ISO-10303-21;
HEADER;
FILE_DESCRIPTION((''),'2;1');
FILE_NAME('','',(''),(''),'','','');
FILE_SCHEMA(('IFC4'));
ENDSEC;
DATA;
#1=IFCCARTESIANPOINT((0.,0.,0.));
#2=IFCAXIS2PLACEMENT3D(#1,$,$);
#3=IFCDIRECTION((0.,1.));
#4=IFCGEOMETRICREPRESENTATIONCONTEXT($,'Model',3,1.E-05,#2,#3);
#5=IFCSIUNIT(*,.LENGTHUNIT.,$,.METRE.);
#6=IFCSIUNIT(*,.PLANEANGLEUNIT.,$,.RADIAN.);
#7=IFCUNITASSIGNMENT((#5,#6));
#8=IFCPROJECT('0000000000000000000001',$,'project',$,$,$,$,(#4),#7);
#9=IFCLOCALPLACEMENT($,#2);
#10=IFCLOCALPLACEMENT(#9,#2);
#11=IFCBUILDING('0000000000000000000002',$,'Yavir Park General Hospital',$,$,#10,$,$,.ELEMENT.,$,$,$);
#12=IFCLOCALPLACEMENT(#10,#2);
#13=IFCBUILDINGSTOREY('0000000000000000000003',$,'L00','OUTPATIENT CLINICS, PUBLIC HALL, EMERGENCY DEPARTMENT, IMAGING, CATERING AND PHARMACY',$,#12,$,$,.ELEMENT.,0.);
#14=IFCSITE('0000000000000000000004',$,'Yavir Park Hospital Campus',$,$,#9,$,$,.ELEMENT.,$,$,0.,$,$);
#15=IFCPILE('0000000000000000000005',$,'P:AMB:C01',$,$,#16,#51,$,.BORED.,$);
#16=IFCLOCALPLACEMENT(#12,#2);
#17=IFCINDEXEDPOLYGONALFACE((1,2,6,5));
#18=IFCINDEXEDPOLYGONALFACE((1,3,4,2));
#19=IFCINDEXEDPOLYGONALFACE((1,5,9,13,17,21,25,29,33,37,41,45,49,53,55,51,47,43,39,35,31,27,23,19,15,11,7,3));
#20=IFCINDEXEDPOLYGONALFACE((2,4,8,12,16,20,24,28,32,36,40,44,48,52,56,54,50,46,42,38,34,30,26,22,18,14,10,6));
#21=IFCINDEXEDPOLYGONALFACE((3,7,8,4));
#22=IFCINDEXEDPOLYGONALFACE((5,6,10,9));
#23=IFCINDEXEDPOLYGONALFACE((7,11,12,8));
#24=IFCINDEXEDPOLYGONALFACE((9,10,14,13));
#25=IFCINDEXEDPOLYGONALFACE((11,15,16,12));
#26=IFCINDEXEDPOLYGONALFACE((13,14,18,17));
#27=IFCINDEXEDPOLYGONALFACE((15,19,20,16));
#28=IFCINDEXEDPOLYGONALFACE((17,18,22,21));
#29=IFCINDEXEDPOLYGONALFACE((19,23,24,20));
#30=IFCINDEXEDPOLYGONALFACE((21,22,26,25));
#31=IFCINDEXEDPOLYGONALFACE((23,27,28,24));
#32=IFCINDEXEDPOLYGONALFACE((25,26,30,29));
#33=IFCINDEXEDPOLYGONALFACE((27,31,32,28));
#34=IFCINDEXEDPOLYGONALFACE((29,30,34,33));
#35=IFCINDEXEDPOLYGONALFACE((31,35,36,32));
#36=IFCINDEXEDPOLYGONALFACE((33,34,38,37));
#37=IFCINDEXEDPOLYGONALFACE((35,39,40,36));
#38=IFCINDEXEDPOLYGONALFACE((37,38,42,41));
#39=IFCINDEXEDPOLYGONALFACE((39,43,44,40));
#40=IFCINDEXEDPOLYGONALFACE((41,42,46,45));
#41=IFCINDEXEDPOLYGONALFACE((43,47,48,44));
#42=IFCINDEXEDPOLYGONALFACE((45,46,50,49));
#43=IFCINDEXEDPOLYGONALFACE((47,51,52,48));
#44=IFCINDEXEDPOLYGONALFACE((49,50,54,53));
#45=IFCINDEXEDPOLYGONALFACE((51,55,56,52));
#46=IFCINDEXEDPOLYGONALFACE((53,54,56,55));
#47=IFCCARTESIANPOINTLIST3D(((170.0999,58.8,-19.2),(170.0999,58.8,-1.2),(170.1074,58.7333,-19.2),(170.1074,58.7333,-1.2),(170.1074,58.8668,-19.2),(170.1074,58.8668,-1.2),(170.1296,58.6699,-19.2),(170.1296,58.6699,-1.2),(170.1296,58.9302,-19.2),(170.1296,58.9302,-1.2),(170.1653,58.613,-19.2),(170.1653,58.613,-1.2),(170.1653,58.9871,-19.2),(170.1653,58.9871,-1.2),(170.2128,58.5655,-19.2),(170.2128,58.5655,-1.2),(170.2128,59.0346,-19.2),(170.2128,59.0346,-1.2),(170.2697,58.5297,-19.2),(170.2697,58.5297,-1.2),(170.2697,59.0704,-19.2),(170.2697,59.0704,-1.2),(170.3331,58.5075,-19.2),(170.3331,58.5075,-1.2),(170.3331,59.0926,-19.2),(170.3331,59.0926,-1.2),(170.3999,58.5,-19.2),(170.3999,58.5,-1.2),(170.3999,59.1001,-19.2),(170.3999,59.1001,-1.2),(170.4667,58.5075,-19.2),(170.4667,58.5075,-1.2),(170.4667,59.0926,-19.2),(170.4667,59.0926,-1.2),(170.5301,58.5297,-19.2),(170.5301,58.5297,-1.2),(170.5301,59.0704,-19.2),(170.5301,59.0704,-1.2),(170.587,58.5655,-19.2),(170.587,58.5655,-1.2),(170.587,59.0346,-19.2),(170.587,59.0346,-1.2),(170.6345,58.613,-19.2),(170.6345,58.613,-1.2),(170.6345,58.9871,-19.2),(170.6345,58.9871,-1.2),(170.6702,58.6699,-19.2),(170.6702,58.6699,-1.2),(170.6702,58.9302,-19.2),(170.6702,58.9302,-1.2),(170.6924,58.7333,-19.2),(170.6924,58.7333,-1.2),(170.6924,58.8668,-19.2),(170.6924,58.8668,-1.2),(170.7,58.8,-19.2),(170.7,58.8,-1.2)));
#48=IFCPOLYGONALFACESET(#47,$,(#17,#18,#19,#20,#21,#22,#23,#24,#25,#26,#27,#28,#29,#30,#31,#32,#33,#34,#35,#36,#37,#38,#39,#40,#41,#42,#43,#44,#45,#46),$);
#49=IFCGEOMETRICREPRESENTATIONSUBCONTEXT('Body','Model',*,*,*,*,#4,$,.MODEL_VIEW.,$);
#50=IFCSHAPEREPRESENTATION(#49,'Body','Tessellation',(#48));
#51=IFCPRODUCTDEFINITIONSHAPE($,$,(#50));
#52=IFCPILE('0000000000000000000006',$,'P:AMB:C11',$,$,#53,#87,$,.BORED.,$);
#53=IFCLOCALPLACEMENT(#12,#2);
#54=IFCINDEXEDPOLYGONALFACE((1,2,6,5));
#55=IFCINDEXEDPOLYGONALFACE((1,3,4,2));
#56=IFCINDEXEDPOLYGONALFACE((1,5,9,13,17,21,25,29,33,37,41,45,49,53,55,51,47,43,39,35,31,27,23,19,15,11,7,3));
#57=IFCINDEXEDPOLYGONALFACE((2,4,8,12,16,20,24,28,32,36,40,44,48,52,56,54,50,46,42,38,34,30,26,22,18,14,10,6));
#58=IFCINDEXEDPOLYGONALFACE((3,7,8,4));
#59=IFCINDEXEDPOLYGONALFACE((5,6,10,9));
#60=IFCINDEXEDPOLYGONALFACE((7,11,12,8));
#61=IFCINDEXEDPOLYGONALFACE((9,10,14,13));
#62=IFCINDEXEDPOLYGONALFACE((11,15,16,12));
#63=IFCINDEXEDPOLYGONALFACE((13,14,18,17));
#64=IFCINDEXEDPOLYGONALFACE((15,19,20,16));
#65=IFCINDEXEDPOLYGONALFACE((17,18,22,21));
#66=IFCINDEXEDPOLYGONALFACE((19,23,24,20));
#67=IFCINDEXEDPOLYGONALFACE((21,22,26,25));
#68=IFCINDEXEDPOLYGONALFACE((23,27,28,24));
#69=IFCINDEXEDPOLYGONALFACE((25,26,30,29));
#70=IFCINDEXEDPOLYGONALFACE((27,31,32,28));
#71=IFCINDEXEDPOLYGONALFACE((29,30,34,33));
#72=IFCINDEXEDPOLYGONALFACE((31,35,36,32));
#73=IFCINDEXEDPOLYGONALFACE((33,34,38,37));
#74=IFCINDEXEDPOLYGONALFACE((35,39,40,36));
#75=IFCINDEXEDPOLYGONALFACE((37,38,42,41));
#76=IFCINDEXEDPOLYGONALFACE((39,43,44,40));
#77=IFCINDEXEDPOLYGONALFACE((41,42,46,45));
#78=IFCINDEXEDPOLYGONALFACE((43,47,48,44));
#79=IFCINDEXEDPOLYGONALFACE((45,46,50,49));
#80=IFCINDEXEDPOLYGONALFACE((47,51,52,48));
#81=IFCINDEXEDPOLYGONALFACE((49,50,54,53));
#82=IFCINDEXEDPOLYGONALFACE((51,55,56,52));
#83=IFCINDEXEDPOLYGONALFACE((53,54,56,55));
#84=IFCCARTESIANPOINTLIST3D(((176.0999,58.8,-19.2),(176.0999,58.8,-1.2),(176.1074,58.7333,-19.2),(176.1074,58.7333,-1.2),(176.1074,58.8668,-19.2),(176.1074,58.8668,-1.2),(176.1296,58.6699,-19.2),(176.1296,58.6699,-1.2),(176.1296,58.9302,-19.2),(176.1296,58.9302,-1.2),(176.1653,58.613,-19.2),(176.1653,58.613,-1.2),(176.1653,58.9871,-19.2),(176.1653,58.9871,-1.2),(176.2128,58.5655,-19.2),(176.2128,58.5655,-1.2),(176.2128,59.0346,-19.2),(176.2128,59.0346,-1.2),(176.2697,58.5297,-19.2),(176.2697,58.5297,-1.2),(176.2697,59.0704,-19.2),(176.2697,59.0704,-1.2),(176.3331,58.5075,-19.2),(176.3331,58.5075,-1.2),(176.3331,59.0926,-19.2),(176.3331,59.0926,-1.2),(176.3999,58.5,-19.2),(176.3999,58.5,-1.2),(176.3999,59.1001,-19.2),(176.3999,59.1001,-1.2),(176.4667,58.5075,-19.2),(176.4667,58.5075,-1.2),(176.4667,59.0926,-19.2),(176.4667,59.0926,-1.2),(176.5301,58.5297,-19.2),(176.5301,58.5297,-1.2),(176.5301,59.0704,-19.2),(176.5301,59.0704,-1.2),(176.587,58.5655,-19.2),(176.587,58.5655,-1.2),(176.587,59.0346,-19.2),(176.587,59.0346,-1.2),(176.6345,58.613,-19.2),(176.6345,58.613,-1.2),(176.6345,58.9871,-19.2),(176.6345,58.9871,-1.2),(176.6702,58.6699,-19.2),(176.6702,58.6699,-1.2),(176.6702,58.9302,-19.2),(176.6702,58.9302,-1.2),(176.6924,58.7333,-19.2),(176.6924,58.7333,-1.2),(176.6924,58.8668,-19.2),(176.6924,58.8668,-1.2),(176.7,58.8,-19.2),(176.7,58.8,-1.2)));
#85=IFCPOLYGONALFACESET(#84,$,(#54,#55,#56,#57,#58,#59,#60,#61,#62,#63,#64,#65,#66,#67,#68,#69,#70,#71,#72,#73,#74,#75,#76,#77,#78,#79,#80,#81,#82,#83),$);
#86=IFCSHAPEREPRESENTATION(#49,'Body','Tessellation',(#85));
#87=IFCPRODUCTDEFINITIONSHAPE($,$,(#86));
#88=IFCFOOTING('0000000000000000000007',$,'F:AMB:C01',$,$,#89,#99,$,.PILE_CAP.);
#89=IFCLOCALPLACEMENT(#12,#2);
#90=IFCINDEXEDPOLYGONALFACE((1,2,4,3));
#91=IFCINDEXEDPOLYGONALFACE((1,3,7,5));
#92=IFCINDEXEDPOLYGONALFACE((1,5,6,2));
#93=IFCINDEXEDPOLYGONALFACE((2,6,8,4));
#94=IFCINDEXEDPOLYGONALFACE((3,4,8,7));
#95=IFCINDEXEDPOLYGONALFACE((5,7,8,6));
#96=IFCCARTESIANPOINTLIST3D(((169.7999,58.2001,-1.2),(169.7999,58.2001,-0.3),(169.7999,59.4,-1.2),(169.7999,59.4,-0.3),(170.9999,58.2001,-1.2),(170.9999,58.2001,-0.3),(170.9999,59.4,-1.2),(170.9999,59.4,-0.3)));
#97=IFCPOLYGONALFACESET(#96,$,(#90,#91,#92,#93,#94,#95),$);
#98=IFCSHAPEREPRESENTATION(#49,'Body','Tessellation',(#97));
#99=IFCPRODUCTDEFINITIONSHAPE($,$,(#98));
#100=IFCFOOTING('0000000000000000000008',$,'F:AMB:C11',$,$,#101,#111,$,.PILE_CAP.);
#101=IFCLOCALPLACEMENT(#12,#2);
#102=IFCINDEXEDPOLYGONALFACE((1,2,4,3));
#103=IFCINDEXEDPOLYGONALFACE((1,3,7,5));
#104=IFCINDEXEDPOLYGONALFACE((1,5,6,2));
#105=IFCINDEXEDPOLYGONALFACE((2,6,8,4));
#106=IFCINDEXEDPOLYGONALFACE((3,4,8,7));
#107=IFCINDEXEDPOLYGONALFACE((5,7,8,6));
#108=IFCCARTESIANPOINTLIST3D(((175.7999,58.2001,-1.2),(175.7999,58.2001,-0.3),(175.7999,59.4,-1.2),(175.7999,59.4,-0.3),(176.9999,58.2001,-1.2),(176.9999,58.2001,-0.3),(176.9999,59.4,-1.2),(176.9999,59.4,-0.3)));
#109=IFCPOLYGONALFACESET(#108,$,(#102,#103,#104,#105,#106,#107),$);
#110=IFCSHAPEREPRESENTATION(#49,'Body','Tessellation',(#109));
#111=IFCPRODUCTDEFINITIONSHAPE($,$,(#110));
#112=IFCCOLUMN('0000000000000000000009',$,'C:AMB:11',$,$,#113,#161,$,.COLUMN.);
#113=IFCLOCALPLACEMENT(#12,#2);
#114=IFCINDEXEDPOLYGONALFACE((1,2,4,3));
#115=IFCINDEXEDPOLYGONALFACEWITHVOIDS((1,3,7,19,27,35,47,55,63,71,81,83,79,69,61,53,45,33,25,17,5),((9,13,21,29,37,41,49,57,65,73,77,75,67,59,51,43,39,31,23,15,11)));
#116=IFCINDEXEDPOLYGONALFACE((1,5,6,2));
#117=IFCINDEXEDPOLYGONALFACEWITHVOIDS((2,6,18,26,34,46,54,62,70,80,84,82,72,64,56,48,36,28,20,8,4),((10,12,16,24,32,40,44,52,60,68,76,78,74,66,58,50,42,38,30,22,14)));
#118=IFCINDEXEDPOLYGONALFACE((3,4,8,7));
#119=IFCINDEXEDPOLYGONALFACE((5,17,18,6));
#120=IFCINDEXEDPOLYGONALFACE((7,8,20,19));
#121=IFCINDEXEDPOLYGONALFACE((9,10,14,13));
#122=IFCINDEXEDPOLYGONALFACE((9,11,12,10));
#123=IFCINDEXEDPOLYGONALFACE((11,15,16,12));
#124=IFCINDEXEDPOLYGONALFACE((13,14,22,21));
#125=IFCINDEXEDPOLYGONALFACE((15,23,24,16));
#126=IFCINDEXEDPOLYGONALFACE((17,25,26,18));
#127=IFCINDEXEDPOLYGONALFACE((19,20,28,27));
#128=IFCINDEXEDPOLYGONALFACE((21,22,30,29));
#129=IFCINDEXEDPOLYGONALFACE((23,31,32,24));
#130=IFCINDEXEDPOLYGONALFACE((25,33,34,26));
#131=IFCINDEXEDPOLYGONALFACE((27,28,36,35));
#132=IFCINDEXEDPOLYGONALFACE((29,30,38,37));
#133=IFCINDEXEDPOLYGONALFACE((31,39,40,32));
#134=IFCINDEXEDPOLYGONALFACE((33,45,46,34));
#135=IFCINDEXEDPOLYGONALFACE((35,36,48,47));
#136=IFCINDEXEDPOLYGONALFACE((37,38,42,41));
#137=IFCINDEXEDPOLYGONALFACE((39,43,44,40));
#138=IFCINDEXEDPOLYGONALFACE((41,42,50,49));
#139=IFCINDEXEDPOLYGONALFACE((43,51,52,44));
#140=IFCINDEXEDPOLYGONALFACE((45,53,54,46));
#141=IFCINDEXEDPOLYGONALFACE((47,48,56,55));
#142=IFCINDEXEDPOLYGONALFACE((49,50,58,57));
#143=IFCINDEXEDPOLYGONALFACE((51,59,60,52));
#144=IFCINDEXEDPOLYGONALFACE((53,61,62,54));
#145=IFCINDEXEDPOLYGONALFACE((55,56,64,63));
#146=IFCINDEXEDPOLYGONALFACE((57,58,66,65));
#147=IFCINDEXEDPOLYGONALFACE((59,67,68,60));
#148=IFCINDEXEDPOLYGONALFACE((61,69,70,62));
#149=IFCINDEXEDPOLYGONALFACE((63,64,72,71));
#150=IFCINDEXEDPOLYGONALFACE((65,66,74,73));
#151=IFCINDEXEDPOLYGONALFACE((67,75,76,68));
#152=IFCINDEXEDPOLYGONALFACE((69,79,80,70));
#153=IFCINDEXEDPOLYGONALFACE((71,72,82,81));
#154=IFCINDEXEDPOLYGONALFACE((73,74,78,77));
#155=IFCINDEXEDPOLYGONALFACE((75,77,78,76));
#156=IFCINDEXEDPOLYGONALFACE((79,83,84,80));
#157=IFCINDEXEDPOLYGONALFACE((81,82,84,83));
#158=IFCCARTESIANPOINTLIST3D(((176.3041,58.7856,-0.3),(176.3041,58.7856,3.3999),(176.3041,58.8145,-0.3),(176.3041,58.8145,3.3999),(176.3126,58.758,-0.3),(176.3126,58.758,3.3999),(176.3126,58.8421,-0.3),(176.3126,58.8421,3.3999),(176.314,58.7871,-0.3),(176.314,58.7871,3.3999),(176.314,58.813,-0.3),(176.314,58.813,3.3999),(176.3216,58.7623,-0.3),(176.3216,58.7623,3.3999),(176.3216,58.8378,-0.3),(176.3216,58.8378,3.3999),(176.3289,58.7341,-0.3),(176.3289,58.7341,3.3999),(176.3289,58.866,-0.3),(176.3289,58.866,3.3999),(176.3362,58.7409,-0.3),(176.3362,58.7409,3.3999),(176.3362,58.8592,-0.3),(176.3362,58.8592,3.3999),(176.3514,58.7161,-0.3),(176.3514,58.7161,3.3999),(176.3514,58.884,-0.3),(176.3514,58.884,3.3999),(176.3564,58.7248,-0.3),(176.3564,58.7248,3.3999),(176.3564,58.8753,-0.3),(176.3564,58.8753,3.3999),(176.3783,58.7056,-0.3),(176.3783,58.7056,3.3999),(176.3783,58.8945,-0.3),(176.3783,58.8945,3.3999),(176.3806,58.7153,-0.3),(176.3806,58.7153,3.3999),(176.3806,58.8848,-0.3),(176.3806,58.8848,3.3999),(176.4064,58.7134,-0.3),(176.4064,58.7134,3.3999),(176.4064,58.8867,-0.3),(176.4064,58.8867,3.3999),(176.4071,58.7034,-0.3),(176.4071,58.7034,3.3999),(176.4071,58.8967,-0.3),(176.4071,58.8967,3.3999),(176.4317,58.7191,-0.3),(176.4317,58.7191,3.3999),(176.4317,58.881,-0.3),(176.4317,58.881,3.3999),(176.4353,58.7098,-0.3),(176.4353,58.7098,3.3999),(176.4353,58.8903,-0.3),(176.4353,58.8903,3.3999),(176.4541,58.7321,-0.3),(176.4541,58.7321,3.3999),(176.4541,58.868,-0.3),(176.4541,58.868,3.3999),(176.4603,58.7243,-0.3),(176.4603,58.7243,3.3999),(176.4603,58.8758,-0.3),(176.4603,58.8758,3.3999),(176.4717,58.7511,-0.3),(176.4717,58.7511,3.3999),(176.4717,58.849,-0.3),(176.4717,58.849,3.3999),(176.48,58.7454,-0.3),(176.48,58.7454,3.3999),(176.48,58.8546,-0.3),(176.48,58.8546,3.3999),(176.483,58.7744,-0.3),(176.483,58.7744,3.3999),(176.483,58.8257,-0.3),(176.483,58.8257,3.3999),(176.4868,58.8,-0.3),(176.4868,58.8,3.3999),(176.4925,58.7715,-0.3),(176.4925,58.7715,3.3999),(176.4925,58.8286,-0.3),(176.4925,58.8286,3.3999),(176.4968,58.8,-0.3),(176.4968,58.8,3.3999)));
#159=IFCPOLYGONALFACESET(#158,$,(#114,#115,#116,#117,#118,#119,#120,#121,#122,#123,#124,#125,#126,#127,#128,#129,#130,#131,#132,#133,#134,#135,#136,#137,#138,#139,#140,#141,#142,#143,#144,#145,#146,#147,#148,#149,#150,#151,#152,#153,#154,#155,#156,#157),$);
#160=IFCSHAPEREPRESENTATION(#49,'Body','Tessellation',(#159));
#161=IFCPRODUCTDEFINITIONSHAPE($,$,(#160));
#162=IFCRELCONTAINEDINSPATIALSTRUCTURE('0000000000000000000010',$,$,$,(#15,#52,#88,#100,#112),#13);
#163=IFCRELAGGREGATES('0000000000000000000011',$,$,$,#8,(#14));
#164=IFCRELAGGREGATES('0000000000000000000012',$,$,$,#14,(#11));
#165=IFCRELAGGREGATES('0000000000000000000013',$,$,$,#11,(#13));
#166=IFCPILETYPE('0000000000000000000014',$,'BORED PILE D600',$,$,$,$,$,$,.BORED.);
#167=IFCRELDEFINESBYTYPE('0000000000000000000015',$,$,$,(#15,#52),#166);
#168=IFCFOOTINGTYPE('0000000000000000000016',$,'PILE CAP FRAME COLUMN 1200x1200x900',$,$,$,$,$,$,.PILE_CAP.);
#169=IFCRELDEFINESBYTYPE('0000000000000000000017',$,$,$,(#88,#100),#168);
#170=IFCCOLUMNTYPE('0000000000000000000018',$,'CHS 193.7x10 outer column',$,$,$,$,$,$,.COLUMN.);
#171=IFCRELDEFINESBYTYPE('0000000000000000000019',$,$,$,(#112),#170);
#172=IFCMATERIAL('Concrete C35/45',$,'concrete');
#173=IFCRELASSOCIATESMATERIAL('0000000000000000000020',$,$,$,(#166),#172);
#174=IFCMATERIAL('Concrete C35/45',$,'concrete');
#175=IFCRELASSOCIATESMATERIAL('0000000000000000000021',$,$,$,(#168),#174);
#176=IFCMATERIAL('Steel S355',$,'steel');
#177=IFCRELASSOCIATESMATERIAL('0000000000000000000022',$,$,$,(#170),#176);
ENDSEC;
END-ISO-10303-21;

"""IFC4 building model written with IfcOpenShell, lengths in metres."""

from ifc_helpers import new_model, si_unit, direction, frame, origin, origin_2d, place, context, subcontext, project, spatial, rectangle, circle, hollow_circle, extrude, material, material_profile, profile_set, type_object, element, save


model = new_model("IFC4")

# Units and contexts
model_context = context("Model", 3, precision=1e-05, world=origin(), true_north=direction((0.0, 1.0)))
body_context = subcontext(model_context, "Body", "Model", "MODEL_VIEW")
ifc_project = project(units=[si_unit("LENGTHUNIT", "METRE"), si_unit("PLANEANGLEUNIT", "RADIAN")], contexts=[model_context])

# Site, building, storey
site_placement = place(None, origin())
site = spatial("IfcSite", under=ifc_project, at=site_placement, Name="Yavir Park Hospital Campus", CompositionType="ELEMENT", RefElevation=0.0)
building_placement = place(site_placement, origin())
building = spatial("IfcBuilding", under=site, at=building_placement, Name="Yavir Park General Hospital", CompositionType="ELEMENT")
storey_placement = place(building_placement, origin())
storey = spatial("IfcBuildingStorey", under=building, at=storey_placement, Name="L00", Description="OUTPATIENT CLINICS, PUBLIC HALL, EMERGENCY DEPARTMENT, IMAGING, CATERING AND PHARMACY", CompositionType="ELEMENT", Elevation=0.0)

# Piles
ifc_material_1 = material(Name="Concrete C35/45", Category="concrete")
ifc_material_profile_1 = material_profile(ifc_material_1, circle(Radius=0.3, at=origin_2d()), Name="D600")
ifc_profile_set_1 = profile_set([ifc_material_profile_1], Name="Concrete C35/45")
pile_type = type_object("IfcPileType", Name="BORED PILE D600", PredefinedType="BORED", material=ifc_profile_set_1)
for number, where, z_axis, x_axis, name in (
    (1, (170.3999, 58.8, -1.2), (0.0, 0.0, -1.0), (1.0, 0.0, 0.0), "P:AMB:C01"),
    (2, (176.3999, 58.8, -1.2), (0.0, 0.0, -1.0), (1.0, 0.0, 0.0), "P:AMB:C11"),
):
    element("IfcPile", number, at=place(storey_placement, frame(where, z_axis=z_axis, x_axis=x_axis)), inside=storey, type_object=pile_type, Name=name, PredefinedType="BORED", context=body_context, shape_type="SweptSolid", body=[
        extrude(circle(Radius=0.3, at=origin_2d()), origin(), (0.0, 0.0, 1.0), 18.0),
    ])

# Footings
ifc_material_2 = material(Name="Concrete C35/45", Category="concrete")
footing_type = type_object("IfcFootingType", Name="PILE CAP FRAME COLUMN 1200x1200x900", PredefinedType="PILE_CAP", material=ifc_material_2)
for number, where, z_axis, x_axis, name in (
    (3, (170.3999, 58.8, -1.2), (0.0, 0.0, 1.0), (1.0, 0.0, 0.0), "F:AMB:C01"),
    (4, (176.3999, 58.8, -1.2), (0.0, 0.0, 1.0), (1.0, 0.0, 0.0), "F:AMB:C11"),
):
    element("IfcFooting", number, at=place(storey_placement, frame(where, z_axis=z_axis, x_axis=x_axis)), inside=storey, type_object=footing_type, Name=name, PredefinedType="PILE_CAP", context=body_context, shape_type="SweptSolid", body=[
        extrude(rectangle(XDim=1.2, YDim=1.2, at=origin_2d()), origin(), (0.0, 0.0, 1.0), 0.8999),
    ])

# Column
ifc_material_3 = material(Name="Steel S355", Category="steel")
ifc_material_profile_2 = material_profile(ifc_material_3, hollow_circle(Radius=0.0969, WallThickness=0.01, at=origin_2d()), Name="CHS193.7x10")
ifc_profile_set_2 = profile_set([ifc_material_profile_2], Name="Steel S355")
column_type_1 = type_object("IfcColumnType", Name="CHS 193.7x10 outer column", PredefinedType="COLUMN", material=ifc_profile_set_2)
column_1_placement = place(storey_placement, frame((176.3999, 58.8, -0.3), z_axis=(0.0, 0.0, 1.0), x_axis=(1.0, 0.0, 0.0)))
element("IfcColumn", 5, at=column_1_placement, inside=storey, type_object=column_type_1, Name="C:AMB:11", PredefinedType="COLUMN", context=body_context, shape_type="SweptSolid", body=[
    extrude(hollow_circle(Radius=0.0969, WallThickness=0.01, at=origin_2d()), origin(), (0.0, 0.0, 1.0), 3.7),
])

save(model, "model.ifc")
